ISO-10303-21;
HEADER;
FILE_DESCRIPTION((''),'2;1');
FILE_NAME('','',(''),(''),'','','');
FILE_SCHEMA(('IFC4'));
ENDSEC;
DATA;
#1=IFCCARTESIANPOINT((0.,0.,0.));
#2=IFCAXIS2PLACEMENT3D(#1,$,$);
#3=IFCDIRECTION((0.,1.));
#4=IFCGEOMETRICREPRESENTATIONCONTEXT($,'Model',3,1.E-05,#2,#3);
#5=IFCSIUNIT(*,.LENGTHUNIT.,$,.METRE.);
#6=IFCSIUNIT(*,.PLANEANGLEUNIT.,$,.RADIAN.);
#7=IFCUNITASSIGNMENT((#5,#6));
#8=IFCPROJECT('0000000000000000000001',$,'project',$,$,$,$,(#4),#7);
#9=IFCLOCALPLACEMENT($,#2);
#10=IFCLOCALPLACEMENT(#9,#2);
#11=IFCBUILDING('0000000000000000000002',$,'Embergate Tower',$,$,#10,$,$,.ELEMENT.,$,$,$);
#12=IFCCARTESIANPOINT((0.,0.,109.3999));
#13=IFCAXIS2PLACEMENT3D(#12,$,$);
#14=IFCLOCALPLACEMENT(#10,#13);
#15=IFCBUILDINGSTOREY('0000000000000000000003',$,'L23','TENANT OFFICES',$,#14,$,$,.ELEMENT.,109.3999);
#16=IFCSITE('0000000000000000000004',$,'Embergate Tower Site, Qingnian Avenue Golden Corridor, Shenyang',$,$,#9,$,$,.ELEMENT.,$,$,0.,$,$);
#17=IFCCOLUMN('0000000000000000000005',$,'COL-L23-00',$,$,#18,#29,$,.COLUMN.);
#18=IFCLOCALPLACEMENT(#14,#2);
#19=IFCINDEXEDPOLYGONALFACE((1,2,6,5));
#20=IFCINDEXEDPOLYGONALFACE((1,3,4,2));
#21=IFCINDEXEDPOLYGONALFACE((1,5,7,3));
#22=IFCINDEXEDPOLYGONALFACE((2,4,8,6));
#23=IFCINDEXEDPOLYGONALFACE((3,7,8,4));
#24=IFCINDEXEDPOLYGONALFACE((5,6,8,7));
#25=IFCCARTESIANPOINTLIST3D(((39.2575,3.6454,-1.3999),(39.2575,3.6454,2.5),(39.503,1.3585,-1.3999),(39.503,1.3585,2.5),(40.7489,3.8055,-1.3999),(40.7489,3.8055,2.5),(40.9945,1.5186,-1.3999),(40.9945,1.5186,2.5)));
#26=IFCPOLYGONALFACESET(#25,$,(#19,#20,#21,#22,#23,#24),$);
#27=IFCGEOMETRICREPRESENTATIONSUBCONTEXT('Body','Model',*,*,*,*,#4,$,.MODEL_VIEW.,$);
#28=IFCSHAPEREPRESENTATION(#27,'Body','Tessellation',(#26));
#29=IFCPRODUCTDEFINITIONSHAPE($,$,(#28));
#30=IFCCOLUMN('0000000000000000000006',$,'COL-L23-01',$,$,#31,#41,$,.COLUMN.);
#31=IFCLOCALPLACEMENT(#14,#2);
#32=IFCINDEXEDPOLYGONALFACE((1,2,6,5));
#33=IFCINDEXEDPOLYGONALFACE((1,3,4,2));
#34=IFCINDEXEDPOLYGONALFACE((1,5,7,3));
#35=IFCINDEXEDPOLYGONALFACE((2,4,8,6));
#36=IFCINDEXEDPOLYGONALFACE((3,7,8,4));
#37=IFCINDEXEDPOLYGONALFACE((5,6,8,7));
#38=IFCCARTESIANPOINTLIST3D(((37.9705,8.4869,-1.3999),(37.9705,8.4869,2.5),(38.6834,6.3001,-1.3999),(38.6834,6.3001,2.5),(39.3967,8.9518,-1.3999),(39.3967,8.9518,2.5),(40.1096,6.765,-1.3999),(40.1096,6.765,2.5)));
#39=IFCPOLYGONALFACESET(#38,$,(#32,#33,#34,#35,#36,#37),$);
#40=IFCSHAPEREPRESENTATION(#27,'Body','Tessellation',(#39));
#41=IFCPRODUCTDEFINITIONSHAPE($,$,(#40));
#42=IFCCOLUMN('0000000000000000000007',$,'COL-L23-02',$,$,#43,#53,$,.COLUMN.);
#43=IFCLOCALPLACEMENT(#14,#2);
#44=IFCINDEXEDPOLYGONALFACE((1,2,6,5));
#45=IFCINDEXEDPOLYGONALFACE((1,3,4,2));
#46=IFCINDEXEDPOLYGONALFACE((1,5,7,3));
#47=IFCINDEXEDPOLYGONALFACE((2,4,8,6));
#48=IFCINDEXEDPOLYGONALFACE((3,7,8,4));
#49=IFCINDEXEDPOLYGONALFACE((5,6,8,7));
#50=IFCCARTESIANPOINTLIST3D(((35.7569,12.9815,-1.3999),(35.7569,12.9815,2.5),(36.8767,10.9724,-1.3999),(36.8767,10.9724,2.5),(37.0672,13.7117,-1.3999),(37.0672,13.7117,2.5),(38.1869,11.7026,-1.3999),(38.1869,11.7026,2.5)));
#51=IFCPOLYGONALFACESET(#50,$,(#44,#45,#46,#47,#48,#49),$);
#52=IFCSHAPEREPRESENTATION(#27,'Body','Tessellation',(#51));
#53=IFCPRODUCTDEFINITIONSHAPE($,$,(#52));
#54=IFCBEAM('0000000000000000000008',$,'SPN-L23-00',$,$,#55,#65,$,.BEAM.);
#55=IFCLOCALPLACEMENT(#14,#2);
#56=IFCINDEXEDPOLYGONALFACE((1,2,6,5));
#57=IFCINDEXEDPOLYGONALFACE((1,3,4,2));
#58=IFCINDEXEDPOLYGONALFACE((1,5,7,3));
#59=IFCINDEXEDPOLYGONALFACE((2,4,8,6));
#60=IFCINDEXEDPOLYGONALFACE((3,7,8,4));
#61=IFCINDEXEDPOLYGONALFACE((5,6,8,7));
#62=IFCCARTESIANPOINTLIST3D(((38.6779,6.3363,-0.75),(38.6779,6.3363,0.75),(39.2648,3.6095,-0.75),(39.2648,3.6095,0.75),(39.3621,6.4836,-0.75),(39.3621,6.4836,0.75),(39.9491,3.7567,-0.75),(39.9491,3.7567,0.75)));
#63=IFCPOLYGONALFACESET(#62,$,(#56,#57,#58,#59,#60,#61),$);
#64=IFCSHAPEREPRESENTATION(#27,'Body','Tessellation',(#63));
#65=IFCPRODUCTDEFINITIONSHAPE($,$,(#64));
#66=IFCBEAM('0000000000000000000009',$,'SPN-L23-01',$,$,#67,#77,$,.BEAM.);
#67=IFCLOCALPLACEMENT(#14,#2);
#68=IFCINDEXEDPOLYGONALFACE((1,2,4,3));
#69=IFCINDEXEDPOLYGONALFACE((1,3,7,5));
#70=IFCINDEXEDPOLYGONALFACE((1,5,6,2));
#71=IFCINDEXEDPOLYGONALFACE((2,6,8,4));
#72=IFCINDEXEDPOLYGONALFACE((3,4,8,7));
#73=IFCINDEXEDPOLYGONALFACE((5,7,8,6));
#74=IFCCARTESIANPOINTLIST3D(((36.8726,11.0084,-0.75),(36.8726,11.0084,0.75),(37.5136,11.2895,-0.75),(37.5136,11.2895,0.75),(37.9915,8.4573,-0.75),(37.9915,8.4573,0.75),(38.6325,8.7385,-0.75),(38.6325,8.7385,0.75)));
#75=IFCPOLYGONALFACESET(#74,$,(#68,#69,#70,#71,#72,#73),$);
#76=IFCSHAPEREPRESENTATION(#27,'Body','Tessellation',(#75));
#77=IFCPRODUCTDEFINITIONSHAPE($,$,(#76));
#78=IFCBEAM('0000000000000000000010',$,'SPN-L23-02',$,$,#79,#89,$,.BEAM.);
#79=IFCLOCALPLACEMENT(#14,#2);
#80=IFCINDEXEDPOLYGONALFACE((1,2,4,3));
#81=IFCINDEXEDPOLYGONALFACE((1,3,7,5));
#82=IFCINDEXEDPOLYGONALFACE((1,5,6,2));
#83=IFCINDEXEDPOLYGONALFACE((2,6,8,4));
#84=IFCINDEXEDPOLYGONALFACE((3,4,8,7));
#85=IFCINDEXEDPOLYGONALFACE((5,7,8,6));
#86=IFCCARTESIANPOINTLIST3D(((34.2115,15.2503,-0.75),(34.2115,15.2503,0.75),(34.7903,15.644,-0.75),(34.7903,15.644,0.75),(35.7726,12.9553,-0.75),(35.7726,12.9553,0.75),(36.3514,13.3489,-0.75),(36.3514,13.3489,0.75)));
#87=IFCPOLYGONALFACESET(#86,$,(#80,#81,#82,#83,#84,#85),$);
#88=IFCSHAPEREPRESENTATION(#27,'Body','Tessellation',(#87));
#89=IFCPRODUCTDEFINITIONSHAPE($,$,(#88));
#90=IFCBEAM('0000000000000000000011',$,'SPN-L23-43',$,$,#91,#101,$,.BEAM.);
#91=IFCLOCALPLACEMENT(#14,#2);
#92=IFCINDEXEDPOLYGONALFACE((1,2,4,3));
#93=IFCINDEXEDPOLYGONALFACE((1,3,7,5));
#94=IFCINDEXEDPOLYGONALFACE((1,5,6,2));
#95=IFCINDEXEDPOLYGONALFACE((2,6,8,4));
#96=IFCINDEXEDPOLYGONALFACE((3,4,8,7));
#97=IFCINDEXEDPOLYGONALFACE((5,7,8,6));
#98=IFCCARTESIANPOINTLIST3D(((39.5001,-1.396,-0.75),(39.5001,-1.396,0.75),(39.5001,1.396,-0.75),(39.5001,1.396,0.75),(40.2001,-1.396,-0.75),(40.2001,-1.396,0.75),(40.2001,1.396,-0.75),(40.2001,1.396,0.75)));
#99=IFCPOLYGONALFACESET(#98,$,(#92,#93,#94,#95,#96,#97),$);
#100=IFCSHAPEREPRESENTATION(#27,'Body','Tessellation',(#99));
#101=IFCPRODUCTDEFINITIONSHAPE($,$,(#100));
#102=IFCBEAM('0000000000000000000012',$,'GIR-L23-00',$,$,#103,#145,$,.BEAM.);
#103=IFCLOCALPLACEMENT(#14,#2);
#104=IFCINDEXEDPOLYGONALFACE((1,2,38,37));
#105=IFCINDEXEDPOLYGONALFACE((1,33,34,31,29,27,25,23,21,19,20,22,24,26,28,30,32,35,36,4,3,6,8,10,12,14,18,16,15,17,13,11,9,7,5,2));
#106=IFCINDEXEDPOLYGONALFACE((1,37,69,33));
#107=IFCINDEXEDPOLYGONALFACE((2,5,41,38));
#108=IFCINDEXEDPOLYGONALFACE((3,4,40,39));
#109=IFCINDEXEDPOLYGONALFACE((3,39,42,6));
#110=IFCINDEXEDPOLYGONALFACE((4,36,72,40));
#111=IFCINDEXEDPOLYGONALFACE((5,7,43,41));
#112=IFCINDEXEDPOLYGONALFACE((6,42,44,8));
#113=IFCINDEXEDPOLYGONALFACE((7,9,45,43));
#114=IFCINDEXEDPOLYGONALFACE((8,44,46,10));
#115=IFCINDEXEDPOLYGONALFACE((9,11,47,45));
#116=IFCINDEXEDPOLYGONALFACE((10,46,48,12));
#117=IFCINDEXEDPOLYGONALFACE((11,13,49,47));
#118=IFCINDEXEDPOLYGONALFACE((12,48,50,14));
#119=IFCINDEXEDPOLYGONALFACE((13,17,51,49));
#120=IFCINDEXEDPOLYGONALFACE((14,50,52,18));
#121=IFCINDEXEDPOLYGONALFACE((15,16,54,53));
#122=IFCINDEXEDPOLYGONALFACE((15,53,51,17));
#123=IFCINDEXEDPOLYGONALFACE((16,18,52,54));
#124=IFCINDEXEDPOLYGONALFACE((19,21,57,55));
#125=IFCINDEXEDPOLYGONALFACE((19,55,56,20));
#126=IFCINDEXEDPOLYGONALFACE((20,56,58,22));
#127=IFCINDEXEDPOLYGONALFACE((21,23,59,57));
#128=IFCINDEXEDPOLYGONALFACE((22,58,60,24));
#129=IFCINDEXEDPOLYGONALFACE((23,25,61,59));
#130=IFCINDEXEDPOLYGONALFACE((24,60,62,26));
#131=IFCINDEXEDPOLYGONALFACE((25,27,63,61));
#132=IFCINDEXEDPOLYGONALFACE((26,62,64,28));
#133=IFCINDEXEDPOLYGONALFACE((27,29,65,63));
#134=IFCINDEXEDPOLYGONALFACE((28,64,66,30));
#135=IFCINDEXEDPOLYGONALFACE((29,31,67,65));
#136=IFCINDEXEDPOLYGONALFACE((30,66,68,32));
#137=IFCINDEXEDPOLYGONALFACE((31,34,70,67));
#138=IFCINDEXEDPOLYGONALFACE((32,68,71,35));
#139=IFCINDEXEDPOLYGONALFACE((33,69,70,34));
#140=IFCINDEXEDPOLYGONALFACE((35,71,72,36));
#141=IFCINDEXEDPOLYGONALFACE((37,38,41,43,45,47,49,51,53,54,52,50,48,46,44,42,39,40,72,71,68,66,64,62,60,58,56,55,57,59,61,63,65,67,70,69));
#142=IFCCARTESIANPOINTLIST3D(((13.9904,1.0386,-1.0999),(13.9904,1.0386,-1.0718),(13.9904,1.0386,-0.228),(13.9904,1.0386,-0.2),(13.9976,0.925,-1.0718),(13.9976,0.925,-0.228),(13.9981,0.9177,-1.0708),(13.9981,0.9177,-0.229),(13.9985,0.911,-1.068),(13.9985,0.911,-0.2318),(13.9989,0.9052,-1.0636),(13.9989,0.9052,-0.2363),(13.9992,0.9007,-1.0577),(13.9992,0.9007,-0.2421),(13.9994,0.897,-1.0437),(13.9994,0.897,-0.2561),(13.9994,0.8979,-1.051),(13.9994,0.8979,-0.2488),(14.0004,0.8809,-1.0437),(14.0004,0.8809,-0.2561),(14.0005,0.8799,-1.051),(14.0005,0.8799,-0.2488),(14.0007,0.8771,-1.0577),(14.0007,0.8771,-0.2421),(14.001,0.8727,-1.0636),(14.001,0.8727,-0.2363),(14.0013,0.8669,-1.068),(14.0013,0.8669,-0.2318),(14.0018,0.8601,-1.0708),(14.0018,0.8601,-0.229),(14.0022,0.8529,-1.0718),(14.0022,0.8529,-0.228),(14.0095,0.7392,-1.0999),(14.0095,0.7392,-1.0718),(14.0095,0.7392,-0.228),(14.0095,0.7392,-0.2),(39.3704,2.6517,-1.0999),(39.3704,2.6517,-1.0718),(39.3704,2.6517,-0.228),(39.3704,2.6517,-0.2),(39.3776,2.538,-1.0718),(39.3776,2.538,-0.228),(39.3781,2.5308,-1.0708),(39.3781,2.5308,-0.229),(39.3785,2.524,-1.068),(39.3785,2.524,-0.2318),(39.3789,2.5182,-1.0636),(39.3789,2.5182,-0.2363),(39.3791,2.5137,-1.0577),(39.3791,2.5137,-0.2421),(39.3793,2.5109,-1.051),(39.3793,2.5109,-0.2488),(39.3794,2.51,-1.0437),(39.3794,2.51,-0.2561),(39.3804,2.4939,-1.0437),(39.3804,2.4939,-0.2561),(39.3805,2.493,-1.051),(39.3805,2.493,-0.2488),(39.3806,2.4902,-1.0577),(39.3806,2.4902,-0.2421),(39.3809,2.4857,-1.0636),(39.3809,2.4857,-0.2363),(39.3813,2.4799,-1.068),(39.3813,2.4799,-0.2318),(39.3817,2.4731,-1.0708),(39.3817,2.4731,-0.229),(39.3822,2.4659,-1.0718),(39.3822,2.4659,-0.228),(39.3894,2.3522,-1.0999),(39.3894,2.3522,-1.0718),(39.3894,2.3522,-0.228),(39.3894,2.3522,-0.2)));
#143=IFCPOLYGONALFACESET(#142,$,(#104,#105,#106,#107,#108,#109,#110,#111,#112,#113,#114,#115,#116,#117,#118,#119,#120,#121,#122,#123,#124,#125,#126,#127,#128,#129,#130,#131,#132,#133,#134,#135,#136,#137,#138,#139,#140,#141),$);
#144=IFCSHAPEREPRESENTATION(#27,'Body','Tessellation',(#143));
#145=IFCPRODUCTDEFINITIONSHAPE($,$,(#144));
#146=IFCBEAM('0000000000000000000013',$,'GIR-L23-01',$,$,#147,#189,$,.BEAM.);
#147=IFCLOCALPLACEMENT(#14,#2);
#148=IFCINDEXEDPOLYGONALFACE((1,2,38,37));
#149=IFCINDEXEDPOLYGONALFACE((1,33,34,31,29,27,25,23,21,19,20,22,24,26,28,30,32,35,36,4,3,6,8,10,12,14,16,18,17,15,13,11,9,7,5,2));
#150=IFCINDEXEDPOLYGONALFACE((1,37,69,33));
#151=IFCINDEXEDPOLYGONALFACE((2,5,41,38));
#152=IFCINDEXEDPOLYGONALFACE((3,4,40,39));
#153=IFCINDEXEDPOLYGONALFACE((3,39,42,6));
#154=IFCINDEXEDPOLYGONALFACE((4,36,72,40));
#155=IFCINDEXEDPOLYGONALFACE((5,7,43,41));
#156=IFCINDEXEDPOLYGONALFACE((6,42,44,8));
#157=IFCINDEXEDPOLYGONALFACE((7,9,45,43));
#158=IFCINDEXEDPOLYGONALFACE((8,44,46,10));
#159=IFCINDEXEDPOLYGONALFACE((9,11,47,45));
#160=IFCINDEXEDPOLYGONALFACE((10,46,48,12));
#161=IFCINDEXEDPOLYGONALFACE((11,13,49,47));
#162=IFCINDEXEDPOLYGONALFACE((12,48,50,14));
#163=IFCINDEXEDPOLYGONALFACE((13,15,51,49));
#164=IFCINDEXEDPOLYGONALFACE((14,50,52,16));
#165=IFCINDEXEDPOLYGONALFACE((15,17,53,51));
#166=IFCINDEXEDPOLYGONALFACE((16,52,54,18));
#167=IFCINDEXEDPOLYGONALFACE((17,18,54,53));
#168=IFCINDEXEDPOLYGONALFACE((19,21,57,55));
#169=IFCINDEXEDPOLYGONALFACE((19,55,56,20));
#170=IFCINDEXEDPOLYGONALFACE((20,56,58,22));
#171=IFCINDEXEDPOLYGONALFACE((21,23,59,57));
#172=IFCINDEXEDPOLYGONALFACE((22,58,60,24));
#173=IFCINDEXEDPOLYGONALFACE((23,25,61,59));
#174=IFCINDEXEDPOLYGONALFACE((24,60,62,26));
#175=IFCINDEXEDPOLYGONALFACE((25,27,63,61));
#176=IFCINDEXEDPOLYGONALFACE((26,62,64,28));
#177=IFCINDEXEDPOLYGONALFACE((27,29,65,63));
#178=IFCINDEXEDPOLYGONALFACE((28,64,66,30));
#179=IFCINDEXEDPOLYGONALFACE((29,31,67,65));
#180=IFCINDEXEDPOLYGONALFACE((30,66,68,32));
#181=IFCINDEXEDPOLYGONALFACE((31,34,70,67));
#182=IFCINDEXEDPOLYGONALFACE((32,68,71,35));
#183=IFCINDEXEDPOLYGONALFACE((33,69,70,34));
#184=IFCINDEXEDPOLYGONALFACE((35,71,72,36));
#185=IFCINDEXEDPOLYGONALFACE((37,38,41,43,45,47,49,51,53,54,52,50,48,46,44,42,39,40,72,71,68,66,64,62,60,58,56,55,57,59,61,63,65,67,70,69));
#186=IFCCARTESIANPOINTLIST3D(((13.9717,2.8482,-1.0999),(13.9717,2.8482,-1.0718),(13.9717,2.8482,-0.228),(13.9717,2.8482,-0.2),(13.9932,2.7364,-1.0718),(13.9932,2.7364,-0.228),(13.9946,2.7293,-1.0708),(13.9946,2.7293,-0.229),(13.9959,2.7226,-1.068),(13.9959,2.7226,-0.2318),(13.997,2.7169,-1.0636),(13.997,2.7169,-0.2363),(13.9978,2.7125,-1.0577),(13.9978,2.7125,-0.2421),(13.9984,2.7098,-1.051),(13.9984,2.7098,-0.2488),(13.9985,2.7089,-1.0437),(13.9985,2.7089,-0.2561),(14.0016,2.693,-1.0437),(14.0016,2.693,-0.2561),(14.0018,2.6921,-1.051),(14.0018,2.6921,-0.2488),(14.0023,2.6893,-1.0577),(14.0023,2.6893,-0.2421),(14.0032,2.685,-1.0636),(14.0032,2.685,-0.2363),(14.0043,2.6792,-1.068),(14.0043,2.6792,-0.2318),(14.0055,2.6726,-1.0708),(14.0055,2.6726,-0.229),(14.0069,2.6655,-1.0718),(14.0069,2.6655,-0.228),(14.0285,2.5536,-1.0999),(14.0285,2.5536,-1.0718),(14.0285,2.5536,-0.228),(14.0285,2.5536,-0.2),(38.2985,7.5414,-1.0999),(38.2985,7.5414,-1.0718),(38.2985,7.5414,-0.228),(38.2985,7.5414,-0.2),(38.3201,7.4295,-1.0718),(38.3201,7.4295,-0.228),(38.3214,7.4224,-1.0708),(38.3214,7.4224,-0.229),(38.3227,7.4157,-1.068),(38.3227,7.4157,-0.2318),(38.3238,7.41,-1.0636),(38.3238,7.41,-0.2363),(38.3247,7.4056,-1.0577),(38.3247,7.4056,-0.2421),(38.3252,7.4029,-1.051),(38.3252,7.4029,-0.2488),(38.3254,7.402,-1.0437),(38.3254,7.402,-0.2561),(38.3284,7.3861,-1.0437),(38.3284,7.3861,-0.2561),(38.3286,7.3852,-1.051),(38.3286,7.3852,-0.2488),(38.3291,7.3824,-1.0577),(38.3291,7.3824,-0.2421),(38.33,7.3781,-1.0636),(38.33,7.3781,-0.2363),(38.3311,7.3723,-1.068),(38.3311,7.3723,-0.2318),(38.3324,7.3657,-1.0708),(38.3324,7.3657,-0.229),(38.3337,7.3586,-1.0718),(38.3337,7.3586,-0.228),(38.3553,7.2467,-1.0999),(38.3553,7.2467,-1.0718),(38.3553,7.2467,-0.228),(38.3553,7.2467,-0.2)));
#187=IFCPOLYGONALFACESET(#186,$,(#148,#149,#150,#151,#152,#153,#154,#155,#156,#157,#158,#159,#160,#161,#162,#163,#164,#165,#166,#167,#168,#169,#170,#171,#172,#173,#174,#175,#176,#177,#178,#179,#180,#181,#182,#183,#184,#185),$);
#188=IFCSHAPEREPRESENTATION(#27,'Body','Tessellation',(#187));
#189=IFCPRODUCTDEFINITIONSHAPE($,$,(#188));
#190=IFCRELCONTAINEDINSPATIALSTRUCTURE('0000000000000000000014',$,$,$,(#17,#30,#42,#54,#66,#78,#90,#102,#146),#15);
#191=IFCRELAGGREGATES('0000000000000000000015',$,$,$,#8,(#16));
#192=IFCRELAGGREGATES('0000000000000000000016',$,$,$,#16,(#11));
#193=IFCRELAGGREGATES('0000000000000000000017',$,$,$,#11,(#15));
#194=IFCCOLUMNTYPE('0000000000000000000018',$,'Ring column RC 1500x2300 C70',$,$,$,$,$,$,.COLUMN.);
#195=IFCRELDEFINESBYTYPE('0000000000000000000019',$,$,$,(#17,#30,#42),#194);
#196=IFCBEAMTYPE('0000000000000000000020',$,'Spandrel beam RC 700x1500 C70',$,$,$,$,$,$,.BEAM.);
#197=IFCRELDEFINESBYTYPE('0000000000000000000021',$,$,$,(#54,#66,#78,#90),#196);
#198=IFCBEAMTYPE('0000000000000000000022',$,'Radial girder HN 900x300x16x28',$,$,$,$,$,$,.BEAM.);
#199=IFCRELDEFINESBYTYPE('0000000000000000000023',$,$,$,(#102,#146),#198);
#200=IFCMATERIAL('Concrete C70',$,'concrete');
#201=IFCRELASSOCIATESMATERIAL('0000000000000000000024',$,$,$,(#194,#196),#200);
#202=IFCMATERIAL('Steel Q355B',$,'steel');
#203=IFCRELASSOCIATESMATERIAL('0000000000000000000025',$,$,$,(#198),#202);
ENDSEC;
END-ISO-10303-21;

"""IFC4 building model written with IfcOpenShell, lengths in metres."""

from ifc_helpers import new_model, si_unit, direction, frame, origin, origin_2d, place, context, subcontext, project, spatial, rectangle, i_section, extrude, source, transform, mapped, material, material_profile, profile_set, type_object, element, save


model = new_model("IFC4")

# Units and contexts
model_context = context("Model", 3, precision=1e-05, world=origin(), true_north=direction((0.0, 1.0)))
body_context = subcontext(model_context, "Body", "Model", "MODEL_VIEW")
ifc_project = project(units=[si_unit("LENGTHUNIT", "METRE"), si_unit("PLANEANGLEUNIT", "RADIAN")], contexts=[model_context])

# Site, building, storey
site_placement = place(None, origin())
site = spatial("IfcSite", under=ifc_project, at=site_placement, Name="Embergate Tower Site, Qingnian Avenue Golden Corridor, Shenyang", CompositionType="ELEMENT", RefElevation=0.0)
building_placement = place(site_placement, origin())
building = spatial("IfcBuilding", under=site, at=building_placement, Name="Embergate Tower", CompositionType="ELEMENT")
storey_placement = place(building_placement, frame((0.0, 0.0, 109.3999)))
storey = spatial("IfcBuildingStorey", under=building, at=storey_placement, Name="L23", Description="TENANT OFFICES", CompositionType="ELEMENT", Elevation=109.3999)

# Columns
ifc_material_1 = material(Name="Concrete C70", Category="concrete")
ifc_material_profile_1 = material_profile(ifc_material_1, rectangle(XDim=1.5, YDim=2.3, at=origin_2d()), Name="RC 1500x2300")
ifc_profile_set_1 = profile_set([ifc_material_profile_1], Name="Concrete C70")
column_type = type_object("IfcColumnType", Name="Ring column RC 1500x2300 C70", PredefinedType="COLUMN", material=ifc_profile_set_1)
shared_shape_1 = source(origin(), body_context, "Body", "SweptSolid", [
    extrude(rectangle(XDim=1.5, YDim=2.3, at=origin_2d()), origin(), (0.0, 0.0, 1.0), 3.8999),
])
for number, where, z_axis, x_axis, name in (
    (1, (40.126, 2.582, -1.3999), (0.0, 0.0, 1.0), (0.994286, 0.10675, 0.0), "COL-L23-00"),
    (2, (39.04, 7.626, -1.3999), (0.0, 0.0, 1.0), (0.950754, 0.309946, 0.0), "COL-L23-01"),
    (3, (36.9719, 12.342, -1.3999), (0.0, 0.0, 1.0), (0.8735, 0.486823, 0.0), "COL-L23-02"),
):
    element("IfcColumn", number, at=place(storey_placement, frame(where, z_axis=z_axis, x_axis=x_axis)), inside=storey, type_object=column_type, Name=name, PredefinedType="COLUMN", context=body_context, shape_type="MappedRepresentation", body=[
        mapped(shared_shape_1, transform((0.0, 0.0, 0.0))),
    ])

# Beams
ifc_material_profile_2 = material_profile(ifc_material_1, rectangle(XDim=0.7, YDim=1.5, at=origin_2d()), Name="RC 700x1500")
ifc_profile_set_2 = profile_set([ifc_material_profile_2], Name="Concrete C70")
beam_type_1 = type_object("IfcBeamType", Name="Spandrel beam RC 700x1500 C70", PredefinedType="BEAM", material=ifc_profile_set_2)
shared_shape_2 = source(origin(), body_context, "Body", "SweptSolid", [
    extrude(rectangle(XDim=0.7, YDim=1.5, at=origin_2d()), origin(), (0.0, 0.0, 1.0), 2.7893),
])
beam_1_placement = place(storey_placement, frame((39.6069, 3.6831, 0.0), z_axis=(-0.21042, 0.977611, 0.0), x_axis=(-0.977611, -0.21042, 0.0)))
element("IfcBeam", 4, at=beam_1_placement, inside=storey, type_object=beam_type_1, Name="SPN-L23-00", PredefinedType="BEAM", context=body_context, shape_type="MappedRepresentation", body=[
    mapped(shared_shape_2, transform((0.0, 0.0, 0.0))),
])
shared_shape_3 = source(origin(), body_context, "Body", "SweptSolid", [
    extrude(rectangle(XDim=0.7, YDim=1.5, at=origin_2d()), origin(), (0.0, 0.0, 1.0), 2.7856),
])
beam_2_placement = place(storey_placement, frame((38.312, 8.5979, 0.0), z_axis=(-0.401669, 0.915785, 0.0), x_axis=(-0.915785, -0.401669, 0.0)))
element("IfcBeam", 5, at=beam_2_placement, inside=storey, type_object=beam_type_1, Name="SPN-L23-01", PredefinedType="BEAM", context=body_context, shape_type="MappedRepresentation", body=[
    mapped(shared_shape_3, transform((0.0, 0.0, 0.0))),
])
shared_shape_4 = source(origin(), body_context, "Body", "SweptSolid", [
    extrude(rectangle(XDim=0.7, YDim=1.5, at=origin_2d()), origin(), (0.0, 0.0, 1.0), 2.7756),
])
beam_3_placement = place(storey_placement, frame((36.062, 13.1521, 0.0), z_axis=(-0.56243, 0.826845, 0.0), x_axis=(-0.826845, -0.56243, 0.0)))
element("IfcBeam", 6, at=beam_3_placement, inside=storey, type_object=beam_type_1, Name="SPN-L23-02", PredefinedType="BEAM", context=body_context, shape_type="MappedRepresentation", body=[
    mapped(shared_shape_4, transform((0.0, 0.0, 0.0))),
])
shared_shape_5 = source(origin(), body_context, "Body", "SweptSolid", [
    extrude(rectangle(XDim=0.7, YDim=1.5, at=origin_2d()), origin(), (0.0, 0.0, 1.0), 2.792),
])
beam_4_placement = place(storey_placement, frame((39.8501, -1.396, 0.0), z_axis=(0.0, 1.0, 0.0), x_axis=(-1.0, 0.0, 0.0)))
element("IfcBeam", 7, at=beam_4_placement, inside=storey, type_object=beam_type_1, Name="SPN-L23-43", PredefinedType="BEAM", context=body_context, shape_type="MappedRepresentation", body=[
    mapped(shared_shape_5, transform((0.0, 0.0, 0.0))),
])
ifc_material_2 = material(Name="Steel Q355B", Category="steel")
ifc_material_profile_3 = material_profile(ifc_material_2, i_section(OverallWidth=0.3, OverallDepth=0.8999, WebThickness=0.0161, FlangeThickness=0.0281, FilletRadius=0.0281, at=origin_2d()), Name="HN 900x300x16x28")
ifc_profile_set_3 = profile_set([ifc_material_profile_3], Name="Steel Q355 grade B")
beam_type_2 = type_object("IfcBeamType", Name="Radial girder HN 900x300x16x28", PredefinedType="BEAM", material=ifc_profile_set_3)
shared_shape_6 = source(origin(), body_context, "Body", "SweptSolid", [
    extrude(i_section(OverallWidth=0.3, OverallDepth=0.8999, WebThickness=0.0161, FlangeThickness=0.0281, FilletRadius=0.0281, at=origin_2d()), origin(), (0.0, 0.0, 1.0), 25.4312),
])
beam_5_placement = place(storey_placement, frame((39.3799, 2.502, -0.6499), z_axis=(-0.997986, -0.063428, 0.0), x_axis=(0.063428, -0.997986, 0.0)))
element("IfcBeam", 8, at=beam_5_placement, inside=storey, type_object=beam_type_2, Name="GIR-L23-00", PredefinedType="BEAM", context=body_context, shape_type="MappedRepresentation", body=[
    mapped(shared_shape_6, transform((0.0, 0.0, 0.0))),
])
shared_shape_7 = source(origin(), body_context, "Body", "SweptSolid", [
    extrude(i_section(OverallWidth=0.3, OverallDepth=0.8999, WebThickness=0.0161, FlangeThickness=0.0281, FilletRadius=0.0281, at=origin_2d()), origin(), (0.0, 0.0, 1.0), 24.7754),
])
beam_6_placement = place(storey_placement, frame((38.3269, 7.394, -0.6499), z_axis=(-0.981895, -0.189426, 0.0), x_axis=(0.189426, -0.981895, 0.0)))
element("IfcBeam", 9, at=beam_6_placement, inside=storey, type_object=beam_type_2, Name="GIR-L23-01", PredefinedType="BEAM", context=body_context, shape_type="MappedRepresentation", body=[
    mapped(shared_shape_7, transform((0.0, 0.0, 0.0))),
])

save(model, "model.ifc")
